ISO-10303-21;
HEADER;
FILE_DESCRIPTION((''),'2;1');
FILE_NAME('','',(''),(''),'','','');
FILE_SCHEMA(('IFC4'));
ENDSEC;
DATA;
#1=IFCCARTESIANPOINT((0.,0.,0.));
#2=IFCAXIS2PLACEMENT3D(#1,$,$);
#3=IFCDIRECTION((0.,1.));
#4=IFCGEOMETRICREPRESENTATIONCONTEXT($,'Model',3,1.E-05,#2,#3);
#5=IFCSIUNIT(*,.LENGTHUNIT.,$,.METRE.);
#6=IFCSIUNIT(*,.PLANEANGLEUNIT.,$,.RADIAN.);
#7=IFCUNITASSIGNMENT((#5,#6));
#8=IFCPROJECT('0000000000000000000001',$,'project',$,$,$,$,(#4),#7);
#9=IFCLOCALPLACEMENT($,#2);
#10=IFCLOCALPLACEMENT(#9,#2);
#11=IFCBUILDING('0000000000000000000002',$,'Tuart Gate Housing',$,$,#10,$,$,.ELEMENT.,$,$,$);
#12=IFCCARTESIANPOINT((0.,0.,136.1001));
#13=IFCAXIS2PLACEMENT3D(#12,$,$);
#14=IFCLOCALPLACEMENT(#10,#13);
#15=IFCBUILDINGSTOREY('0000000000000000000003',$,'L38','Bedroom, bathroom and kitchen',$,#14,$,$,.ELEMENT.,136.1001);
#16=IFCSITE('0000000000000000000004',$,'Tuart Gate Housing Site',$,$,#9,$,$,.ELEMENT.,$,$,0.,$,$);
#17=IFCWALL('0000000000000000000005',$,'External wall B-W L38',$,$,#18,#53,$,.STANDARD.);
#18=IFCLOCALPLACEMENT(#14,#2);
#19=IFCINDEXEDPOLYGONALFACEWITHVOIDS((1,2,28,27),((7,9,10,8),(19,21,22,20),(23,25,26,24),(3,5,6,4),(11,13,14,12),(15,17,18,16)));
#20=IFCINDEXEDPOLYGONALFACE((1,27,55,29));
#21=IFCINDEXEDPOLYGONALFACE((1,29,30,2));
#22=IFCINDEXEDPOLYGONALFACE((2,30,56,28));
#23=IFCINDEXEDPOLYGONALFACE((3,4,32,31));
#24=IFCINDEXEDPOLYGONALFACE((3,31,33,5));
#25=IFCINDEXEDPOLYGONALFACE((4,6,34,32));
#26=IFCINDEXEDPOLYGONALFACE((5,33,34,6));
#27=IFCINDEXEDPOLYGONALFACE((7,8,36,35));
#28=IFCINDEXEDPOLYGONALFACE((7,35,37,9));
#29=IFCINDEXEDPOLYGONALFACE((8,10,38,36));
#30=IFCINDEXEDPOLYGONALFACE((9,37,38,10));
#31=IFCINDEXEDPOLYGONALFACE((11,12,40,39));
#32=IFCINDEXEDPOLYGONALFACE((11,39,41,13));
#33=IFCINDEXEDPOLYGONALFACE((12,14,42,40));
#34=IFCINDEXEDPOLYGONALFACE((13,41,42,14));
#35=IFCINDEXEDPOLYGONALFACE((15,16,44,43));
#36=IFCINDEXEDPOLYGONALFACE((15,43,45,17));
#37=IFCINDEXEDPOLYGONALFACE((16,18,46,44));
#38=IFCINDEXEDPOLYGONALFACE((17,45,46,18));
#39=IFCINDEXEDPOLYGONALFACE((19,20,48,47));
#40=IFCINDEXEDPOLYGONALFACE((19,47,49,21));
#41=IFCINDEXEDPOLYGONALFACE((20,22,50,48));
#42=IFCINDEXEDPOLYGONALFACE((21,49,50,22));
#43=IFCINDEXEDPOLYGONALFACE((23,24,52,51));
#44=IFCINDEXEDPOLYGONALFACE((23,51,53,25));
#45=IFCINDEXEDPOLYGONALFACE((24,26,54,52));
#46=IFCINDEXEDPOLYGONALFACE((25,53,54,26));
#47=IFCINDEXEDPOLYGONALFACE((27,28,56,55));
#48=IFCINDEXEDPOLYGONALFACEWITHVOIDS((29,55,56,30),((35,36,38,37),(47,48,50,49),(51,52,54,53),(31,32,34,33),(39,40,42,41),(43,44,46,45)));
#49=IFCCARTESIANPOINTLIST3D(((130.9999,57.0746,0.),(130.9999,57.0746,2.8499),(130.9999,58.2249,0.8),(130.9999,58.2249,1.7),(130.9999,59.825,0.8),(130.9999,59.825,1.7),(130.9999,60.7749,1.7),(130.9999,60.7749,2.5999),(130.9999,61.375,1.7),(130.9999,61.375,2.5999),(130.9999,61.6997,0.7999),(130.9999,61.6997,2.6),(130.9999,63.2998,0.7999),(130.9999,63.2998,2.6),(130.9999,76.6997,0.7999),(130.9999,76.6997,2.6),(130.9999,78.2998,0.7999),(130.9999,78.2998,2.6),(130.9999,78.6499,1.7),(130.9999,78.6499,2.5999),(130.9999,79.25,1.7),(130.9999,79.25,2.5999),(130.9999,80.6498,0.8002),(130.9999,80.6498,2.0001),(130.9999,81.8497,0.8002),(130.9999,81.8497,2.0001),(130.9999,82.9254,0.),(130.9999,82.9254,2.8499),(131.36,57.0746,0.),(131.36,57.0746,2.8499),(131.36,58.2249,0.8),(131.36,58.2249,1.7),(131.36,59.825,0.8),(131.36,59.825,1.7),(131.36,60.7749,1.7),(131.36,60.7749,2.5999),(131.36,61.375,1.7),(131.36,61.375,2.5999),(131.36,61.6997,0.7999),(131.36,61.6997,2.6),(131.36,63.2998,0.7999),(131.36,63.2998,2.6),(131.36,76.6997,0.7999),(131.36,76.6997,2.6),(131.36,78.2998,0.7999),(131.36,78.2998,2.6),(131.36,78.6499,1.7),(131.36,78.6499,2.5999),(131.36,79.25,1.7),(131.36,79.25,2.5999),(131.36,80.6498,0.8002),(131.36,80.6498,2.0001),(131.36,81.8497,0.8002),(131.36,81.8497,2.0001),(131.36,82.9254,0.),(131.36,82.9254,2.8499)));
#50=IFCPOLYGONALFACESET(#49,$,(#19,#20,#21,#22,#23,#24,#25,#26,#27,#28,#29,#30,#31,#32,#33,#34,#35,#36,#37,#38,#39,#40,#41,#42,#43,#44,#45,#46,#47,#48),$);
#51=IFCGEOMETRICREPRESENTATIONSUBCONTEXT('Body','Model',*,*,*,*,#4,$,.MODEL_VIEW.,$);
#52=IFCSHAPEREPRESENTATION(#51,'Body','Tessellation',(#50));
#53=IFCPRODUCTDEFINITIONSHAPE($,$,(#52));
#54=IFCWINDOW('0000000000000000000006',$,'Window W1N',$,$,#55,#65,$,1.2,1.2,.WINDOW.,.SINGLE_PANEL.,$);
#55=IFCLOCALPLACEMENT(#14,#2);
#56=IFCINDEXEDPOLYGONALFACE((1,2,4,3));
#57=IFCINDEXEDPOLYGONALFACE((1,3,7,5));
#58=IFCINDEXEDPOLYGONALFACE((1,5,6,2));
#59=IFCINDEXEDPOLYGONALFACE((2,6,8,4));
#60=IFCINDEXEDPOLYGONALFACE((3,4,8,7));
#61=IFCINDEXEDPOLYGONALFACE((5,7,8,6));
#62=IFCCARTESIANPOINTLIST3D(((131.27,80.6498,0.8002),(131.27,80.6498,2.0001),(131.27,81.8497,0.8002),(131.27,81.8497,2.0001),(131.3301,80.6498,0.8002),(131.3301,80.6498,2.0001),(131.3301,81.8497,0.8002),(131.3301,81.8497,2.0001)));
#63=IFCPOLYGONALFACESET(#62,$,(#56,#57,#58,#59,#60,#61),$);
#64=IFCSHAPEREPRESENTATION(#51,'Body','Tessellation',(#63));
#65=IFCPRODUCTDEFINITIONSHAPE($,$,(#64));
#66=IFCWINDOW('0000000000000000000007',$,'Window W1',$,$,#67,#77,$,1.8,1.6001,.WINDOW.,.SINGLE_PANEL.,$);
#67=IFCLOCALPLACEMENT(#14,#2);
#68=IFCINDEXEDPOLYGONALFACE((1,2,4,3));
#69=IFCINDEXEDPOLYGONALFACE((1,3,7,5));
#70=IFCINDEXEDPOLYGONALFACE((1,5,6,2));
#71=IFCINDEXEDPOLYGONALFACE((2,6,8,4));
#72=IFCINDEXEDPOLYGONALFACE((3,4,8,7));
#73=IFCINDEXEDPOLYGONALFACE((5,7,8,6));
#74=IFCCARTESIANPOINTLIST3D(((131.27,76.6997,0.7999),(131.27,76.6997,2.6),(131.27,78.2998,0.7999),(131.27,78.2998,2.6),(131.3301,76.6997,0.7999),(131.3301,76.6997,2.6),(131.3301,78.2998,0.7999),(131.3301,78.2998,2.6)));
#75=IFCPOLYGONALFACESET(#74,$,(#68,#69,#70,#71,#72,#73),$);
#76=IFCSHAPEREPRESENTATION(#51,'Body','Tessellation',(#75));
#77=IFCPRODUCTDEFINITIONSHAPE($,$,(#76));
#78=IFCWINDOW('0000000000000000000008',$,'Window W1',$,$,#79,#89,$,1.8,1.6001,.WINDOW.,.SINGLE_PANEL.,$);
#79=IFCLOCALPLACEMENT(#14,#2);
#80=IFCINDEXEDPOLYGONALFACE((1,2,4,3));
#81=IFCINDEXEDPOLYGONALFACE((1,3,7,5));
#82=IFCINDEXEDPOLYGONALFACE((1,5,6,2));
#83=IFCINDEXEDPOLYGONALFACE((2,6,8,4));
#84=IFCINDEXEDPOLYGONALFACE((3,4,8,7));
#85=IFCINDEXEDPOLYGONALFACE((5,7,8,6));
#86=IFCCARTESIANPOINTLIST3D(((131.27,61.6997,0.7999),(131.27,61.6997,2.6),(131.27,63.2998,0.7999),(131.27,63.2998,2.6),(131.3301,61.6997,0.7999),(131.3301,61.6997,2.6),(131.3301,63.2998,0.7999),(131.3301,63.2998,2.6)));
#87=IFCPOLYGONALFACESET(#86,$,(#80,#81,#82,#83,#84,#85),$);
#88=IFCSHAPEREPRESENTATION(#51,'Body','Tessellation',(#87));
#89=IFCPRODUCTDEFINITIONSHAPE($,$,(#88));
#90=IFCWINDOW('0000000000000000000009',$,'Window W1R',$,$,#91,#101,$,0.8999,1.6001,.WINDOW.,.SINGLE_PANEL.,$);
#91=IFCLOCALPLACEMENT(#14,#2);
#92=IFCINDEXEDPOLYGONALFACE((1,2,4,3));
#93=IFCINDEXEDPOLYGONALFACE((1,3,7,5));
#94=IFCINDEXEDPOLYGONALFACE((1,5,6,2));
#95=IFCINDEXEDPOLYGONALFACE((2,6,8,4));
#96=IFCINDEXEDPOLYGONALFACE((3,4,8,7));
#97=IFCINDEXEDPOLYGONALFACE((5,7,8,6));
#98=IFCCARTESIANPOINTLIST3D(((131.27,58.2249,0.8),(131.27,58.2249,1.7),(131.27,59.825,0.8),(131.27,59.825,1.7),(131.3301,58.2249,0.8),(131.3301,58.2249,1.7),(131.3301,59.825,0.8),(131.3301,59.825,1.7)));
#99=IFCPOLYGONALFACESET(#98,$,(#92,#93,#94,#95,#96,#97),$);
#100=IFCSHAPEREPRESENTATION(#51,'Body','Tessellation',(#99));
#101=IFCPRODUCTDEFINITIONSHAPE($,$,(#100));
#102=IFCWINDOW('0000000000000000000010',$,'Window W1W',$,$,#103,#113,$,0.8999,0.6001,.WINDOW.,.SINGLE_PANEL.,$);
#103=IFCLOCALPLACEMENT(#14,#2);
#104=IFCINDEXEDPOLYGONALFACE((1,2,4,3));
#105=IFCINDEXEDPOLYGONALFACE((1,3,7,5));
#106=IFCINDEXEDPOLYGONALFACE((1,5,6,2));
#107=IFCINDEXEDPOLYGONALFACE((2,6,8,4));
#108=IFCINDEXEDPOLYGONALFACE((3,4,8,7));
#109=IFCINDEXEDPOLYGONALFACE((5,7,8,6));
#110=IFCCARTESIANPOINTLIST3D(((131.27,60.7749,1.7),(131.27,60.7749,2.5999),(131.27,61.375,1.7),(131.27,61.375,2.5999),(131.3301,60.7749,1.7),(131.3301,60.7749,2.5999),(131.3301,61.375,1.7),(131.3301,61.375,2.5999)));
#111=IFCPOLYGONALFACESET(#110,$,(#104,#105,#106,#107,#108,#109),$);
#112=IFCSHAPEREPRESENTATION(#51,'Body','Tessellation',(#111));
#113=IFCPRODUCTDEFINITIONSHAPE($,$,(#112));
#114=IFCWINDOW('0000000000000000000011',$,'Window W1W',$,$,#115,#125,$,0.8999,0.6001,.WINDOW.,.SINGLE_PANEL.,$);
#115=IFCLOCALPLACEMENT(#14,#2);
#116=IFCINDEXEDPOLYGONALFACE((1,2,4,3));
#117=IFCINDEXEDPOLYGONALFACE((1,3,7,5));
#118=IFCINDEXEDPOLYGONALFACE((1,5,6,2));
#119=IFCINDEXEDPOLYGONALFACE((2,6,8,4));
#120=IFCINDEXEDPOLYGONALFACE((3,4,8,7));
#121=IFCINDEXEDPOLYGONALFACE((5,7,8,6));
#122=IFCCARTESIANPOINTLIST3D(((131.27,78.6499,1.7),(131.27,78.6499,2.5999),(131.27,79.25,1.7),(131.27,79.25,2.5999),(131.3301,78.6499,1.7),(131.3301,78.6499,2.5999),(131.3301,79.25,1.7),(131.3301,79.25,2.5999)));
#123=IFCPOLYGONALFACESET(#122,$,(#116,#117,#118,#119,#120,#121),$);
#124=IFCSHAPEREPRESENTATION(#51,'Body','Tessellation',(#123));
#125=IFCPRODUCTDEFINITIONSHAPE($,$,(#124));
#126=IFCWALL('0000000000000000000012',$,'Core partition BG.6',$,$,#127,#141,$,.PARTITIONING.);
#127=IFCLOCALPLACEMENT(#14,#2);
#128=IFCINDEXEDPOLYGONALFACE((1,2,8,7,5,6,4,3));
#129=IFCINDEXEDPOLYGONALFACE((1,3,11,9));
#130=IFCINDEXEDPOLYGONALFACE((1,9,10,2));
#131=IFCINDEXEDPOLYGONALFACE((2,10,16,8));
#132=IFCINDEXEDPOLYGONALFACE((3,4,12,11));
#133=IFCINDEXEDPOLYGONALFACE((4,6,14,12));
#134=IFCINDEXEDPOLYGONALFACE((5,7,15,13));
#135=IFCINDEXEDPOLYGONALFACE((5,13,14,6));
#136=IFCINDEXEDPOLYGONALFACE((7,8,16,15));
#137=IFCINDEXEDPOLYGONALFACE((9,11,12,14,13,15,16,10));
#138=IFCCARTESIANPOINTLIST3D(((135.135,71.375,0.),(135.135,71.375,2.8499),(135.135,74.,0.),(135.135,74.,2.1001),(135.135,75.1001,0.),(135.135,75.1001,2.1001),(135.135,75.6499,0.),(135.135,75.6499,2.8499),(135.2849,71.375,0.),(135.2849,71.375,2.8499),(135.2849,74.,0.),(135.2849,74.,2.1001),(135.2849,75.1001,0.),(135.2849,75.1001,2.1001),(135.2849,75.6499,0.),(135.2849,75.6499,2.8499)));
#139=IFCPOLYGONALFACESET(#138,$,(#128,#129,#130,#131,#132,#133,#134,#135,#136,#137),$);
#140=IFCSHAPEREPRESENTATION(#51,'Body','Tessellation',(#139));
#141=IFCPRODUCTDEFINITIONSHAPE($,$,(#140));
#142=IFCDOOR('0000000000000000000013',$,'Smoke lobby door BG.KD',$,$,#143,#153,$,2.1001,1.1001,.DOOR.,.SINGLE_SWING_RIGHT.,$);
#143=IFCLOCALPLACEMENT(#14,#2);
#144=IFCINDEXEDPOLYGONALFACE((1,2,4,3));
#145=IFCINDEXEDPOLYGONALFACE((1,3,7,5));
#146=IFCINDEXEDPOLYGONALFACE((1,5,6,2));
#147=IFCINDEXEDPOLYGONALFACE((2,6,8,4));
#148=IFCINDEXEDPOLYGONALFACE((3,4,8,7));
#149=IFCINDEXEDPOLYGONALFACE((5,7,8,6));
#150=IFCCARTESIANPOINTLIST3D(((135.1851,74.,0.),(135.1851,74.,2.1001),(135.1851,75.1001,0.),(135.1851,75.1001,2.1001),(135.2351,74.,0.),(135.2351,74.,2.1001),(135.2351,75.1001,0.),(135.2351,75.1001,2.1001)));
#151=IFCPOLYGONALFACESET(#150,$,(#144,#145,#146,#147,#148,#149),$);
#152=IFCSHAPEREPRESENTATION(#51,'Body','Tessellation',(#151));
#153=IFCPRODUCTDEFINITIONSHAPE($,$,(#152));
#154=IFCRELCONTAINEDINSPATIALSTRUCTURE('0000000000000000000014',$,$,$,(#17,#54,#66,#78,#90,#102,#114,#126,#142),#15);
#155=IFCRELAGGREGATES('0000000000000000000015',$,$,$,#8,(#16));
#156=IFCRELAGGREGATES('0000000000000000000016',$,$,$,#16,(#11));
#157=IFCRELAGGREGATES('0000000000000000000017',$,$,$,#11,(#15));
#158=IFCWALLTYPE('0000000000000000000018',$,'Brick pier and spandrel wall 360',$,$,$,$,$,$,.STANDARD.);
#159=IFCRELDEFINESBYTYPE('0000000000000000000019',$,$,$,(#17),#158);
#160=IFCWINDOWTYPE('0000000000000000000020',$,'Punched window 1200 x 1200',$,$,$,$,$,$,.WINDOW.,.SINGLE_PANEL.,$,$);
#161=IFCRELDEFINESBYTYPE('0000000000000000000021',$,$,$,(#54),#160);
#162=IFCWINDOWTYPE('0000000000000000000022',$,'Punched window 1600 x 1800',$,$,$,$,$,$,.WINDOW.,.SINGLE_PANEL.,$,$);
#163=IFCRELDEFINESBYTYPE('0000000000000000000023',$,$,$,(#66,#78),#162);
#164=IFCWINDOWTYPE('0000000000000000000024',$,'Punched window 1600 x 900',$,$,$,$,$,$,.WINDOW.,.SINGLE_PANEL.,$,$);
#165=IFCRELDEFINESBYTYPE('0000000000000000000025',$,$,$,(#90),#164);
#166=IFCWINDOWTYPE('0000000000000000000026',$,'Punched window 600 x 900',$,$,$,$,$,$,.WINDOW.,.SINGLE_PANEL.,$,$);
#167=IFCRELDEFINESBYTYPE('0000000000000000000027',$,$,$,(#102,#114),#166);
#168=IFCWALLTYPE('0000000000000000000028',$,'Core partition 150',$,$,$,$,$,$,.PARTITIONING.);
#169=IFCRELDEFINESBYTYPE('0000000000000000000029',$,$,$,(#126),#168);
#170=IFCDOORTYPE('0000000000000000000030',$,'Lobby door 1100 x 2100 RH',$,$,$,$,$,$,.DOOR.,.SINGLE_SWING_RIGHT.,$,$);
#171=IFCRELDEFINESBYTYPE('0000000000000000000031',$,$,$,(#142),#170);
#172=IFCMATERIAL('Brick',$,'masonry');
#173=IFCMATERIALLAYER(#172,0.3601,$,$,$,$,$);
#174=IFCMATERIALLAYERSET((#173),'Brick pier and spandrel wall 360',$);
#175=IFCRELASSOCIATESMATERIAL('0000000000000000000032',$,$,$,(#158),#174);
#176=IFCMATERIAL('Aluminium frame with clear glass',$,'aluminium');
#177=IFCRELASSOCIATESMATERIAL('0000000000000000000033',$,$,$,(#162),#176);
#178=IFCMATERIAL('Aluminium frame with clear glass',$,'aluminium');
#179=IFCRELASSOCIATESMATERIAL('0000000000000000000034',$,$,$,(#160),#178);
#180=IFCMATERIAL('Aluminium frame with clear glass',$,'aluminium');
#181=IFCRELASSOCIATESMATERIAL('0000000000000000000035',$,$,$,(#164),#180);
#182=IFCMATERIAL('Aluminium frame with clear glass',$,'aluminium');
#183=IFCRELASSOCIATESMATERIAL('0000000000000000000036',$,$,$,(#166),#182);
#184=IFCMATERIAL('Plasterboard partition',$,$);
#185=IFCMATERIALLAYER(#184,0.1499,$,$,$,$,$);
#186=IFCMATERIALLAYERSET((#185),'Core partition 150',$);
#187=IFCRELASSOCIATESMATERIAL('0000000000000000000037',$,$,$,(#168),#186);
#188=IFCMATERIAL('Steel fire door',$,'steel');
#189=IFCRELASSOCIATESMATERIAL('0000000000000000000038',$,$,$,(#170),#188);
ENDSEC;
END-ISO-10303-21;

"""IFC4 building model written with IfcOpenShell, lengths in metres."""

from ifc_helpers import new_model, si_unit, direction, frame, frame_2d, origin, place, context, subcontext, project, spatial, rectangle, extrude, material, layer, layer_set, type_object, element, fill, save


model = new_model("IFC4")

# Units and contexts
model_context = context("Model", 3, precision=1e-05, world=origin(), true_north=direction((0.0, 1.0)))
body_context = subcontext(model_context, "Body", "Model", "MODEL_VIEW")
ifc_project = project(units=[si_unit("LENGTHUNIT", "METRE"), si_unit("PLANEANGLEUNIT", "RADIAN")], contexts=[model_context])

# Site, building, storey
site_placement = place(None, origin())
site = spatial("IfcSite", under=ifc_project, at=site_placement, Name="Tuart Gate Housing Site", CompositionType="ELEMENT", RefElevation=0.0)
building_placement = place(site_placement, origin())
building = spatial("IfcBuilding", under=site, at=building_placement, Name="Tuart Gate Housing", CompositionType="ELEMENT")
storey_placement = place(building_placement, frame((0.0, 0.0, 136.1001)))
storey = spatial("IfcBuildingStorey", under=building, at=storey_placement, Name="L38", Description="Bedroom, bathroom and kitchen", CompositionType="ELEMENT", Elevation=136.1001)

# Shared definitions
ifc_material_1 = material(Name="Brick", Category="masonry")
ifc_layer_1 = layer(ifc_material_1, 0.3601)
ifc_layer_set_1 = layer_set([ifc_layer_1], Name="Brick pier and spandrel wall 360")
wall_type_1 = type_object("IfcWallType", Name="Brick pier and spandrel wall 360", PredefinedType="STANDARD", material=ifc_layer_set_1)
ifc_material_2 = material(Name="Aluminium frame with clear glass", Category="aluminium")
window_type_1 = type_object("IfcWindowType", Name="Punched window 1600 x 1800", PartitioningType="SINGLE_PANEL", PredefinedType="WINDOW", material=ifc_material_2)

# Wall, openings, windows
wall_1_placement = place(storey_placement, frame((131.1799, 82.9253, 0.0), z_axis=(0.0, 0.0, 1.0), x_axis=(0.0, -1.0, 0.0)))
wall_1 = element("IfcWall", 1, at=wall_1_placement, inside=storey, type_object=wall_type_1, Name="External wall B-W L38", PredefinedType="STANDARD", context=body_context, shape_type="SweptSolid", body=[
    extrude(rectangle(XDim=25.8508, YDim=0.3601, at=frame_2d((12.9253, 0.0))), origin(), (0.0, 0.0, 1.0), 2.8499),
])
opening_1_placement = place(wall_1_placement, frame((1.0754, 0.0, 0.8)))
opening_1 = element("IfcOpeningElement", 2, at=opening_1_placement, cuts=wall_1, PredefinedType="OPENING", context=body_context, shape_type="SweptSolid", body=[
    extrude(rectangle(XDim=1.2, YDim=1.2, at=frame_2d((0.6001, 0.6001))), frame((0.0, 0.1899, 0.0), z_axis=(0.0, -1.0, 0.0), x_axis=(1.0, 0.0, 0.0)), (0.0, 0.0, 1.0), 0.3801),
])
opening_2_placement = place(wall_1_placement, frame((4.6255, 0.0, 0.8)))
opening_2 = element("IfcOpeningElement", 3, at=opening_2_placement, cuts=wall_1, PredefinedType="OPENING", context=body_context, shape_type="SweptSolid", body=[
    extrude(rectangle(XDim=1.6001, YDim=1.8, at=frame_2d((0.8, 0.8999))), frame((0.0, 0.1899, 0.0), z_axis=(0.0, -1.0, 0.0), x_axis=(1.0, 0.0, 0.0)), (0.0, 0.0, 1.0), 0.3801),
])
opening_3_placement = place(wall_1_placement, frame((19.6255, 0.0, 0.8)))
opening_3 = element("IfcOpeningElement", 4, at=opening_3_placement, cuts=wall_1, PredefinedType="OPENING", context=body_context, shape_type="SweptSolid", body=[
    extrude(rectangle(XDim=1.6001, YDim=1.8, at=frame_2d((0.8, 0.8999))), frame((0.0, 0.1899, 0.0), z_axis=(0.0, -1.0, 0.0), x_axis=(1.0, 0.0, 0.0)), (0.0, 0.0, 1.0), 0.3801),
])
opening_4_placement = place(wall_1_placement, frame((21.5503, 0.0, 1.7)))
opening_4 = element("IfcOpeningElement", 5, at=opening_4_placement, cuts=wall_1, PredefinedType="OPENING", context=body_context, shape_type="SweptSolid", body=[
    extrude(rectangle(XDim=0.6001, YDim=0.8999, at=frame_2d((0.3, 0.45))), frame((0.0, 0.1899, 0.0), z_axis=(0.0, -1.0, 0.0), x_axis=(1.0, 0.0, 0.0)), (0.0, 0.0, 1.0), 0.3801),
])
opening_5_placement = place(wall_1_placement, frame((3.6753, 0.0, 1.7)))
opening_5 = element("IfcOpeningElement", 6, at=opening_5_placement, cuts=wall_1, PredefinedType="OPENING", context=body_context, shape_type="SweptSolid", body=[
    extrude(rectangle(XDim=0.6001, YDim=0.8999, at=frame_2d((0.3, 0.45))), frame((0.0, 0.1899, 0.0), z_axis=(0.0, -1.0, 0.0), x_axis=(1.0, 0.0, 0.0)), (0.0, 0.0, 1.0), 0.3801),
])
opening_6_placement = place(wall_1_placement, frame((23.1003, 0.0, 0.8)))
opening_6 = element("IfcOpeningElement", 7, at=opening_6_placement, cuts=wall_1, PredefinedType="OPENING", context=body_context, shape_type="SweptSolid", body=[
    extrude(rectangle(XDim=1.6001, YDim=0.8999, at=frame_2d((0.8, 0.45))), frame((0.0, 0.1899, 0.0), z_axis=(0.0, -1.0, 0.0), x_axis=(1.0, 0.0, 0.0)), (0.0, 0.0, 1.0), 0.3801),
])
ifc_material_3 = material(Name="Aluminium frame with clear glass", Category="aluminium")
window_type_2 = type_object("IfcWindowType", Name="Punched window 1200 x 1200", PartitioningType="SINGLE_PANEL", PredefinedType="WINDOW", material=ifc_material_3)
window_1_placement = place(opening_1_placement, origin())
window_1 = element("IfcWindow", 8, at=window_1_placement, inside=storey, type_object=window_type_2, Name="Window W1N", OverallHeight=1.2, OverallWidth=1.2, PartitioningType="SINGLE_PANEL", PredefinedType="WINDOW", context=body_context, shape_type="SweptSolid", body=[
    extrude(rectangle(XDim=1.2, YDim=1.2, at=frame_2d((0.6001, 0.6001))), frame((0.0, 0.1501, 0.0), z_axis=(0.0, -1.0, 0.0), x_axis=(1.0, 0.0, 0.0)), (0.0, 0.0, 1.0), 0.0601),
])
fill(opening_1, window_1)
window_2_placement = place(opening_2_placement, origin())
window_2 = element("IfcWindow", 9, at=window_2_placement, inside=storey, type_object=window_type_1, Name="Window W1", OverallHeight=1.8, OverallWidth=1.6001, PartitioningType="SINGLE_PANEL", PredefinedType="WINDOW", context=body_context, shape_type="SweptSolid", body=[
    extrude(rectangle(XDim=1.6001, YDim=1.8, at=frame_2d((0.8, 0.8999))), frame((0.0, 0.1501, 0.0), z_axis=(0.0, -1.0, 0.0), x_axis=(1.0, 0.0, 0.0)), (0.0, 0.0, 1.0), 0.0601),
])
fill(opening_2, window_2)
window_3_placement = place(opening_3_placement, origin())
window_3 = element("IfcWindow", 10, at=window_3_placement, inside=storey, type_object=window_type_1, Name="Window W1", OverallHeight=1.8, OverallWidth=1.6001, PartitioningType="SINGLE_PANEL", PredefinedType="WINDOW", context=body_context, shape_type="SweptSolid", body=[
    extrude(rectangle(XDim=1.6001, YDim=1.8, at=frame_2d((0.8, 0.8999))), frame((0.0, 0.1501, 0.0), z_axis=(0.0, -1.0, 0.0), x_axis=(1.0, 0.0, 0.0)), (0.0, 0.0, 1.0), 0.0601),
])
fill(opening_3, window_3)
ifc_material_4 = material(Name="Aluminium frame with clear glass", Category="aluminium")
window_type_3 = type_object("IfcWindowType", Name="Punched window 1600 x 900", PartitioningType="SINGLE_PANEL", PredefinedType="WINDOW", material=ifc_material_4)
window_4_placement = place(opening_6_placement, origin())
window_4 = element("IfcWindow", 11, at=window_4_placement, inside=storey, type_object=window_type_3, Name="Window W1R", OverallHeight=0.8999, OverallWidth=1.6001, PartitioningType="SINGLE_PANEL", PredefinedType="WINDOW", context=body_context, shape_type="SweptSolid", body=[
    extrude(rectangle(XDim=1.6001, YDim=0.8999, at=frame_2d((0.8, 0.45))), frame((0.0, 0.1501, 0.0), z_axis=(0.0, -1.0, 0.0), x_axis=(1.0, 0.0, 0.0)), (0.0, 0.0, 1.0), 0.0601),
])
fill(opening_6, window_4)
ifc_material_5 = material(Name="Aluminium frame with clear glass", Category="aluminium")
window_type_4 = type_object("IfcWindowType", Name="Punched window 600 x 900", PartitioningType="SINGLE_PANEL", PredefinedType="WINDOW", material=ifc_material_5)
window_5_placement = place(opening_4_placement, origin())
window_5 = element("IfcWindow", 12, at=window_5_placement, inside=storey, type_object=window_type_4, Name="Window W1W", OverallHeight=0.8999, OverallWidth=0.6001, PartitioningType="SINGLE_PANEL", PredefinedType="WINDOW", context=body_context, shape_type="SweptSolid", body=[
    extrude(rectangle(XDim=0.6001, YDim=0.8999, at=frame_2d((0.3, 0.45))), frame((0.0, 0.1501, 0.0), z_axis=(0.0, -1.0, 0.0), x_axis=(1.0, 0.0, 0.0)), (0.0, 0.0, 1.0), 0.0601),
])
fill(opening_4, window_5)
window_6_placement = place(opening_5_placement, origin())
window_6 = element("IfcWindow", 13, at=window_6_placement, inside=storey, type_object=window_type_4, Name="Window W1W", OverallHeight=0.8999, OverallWidth=0.6001, PartitioningType="SINGLE_PANEL", PredefinedType="WINDOW", context=body_context, shape_type="SweptSolid", body=[
    extrude(rectangle(XDim=0.6001, YDim=0.8999, at=frame_2d((0.3, 0.45))), frame((0.0, 0.1501, 0.0), z_axis=(0.0, -1.0, 0.0), x_axis=(1.0, 0.0, 0.0)), (0.0, 0.0, 1.0), 0.0601),
])
fill(opening_5, window_6)

# Wall, opening, door
ifc_material_6 = material(Name="Plasterboard partition")
ifc_layer_2 = layer(ifc_material_6, 0.1499)
ifc_layer_set_2 = layer_set([ifc_layer_2], Name="Core partition 150")
wall_type_2 = type_object("IfcWallType", Name="Core partition 150", PredefinedType="PARTITIONING", material=ifc_layer_set_2)
wall_2_placement = place(storey_placement, frame((135.21, 71.375, 0.0), z_axis=(0.0, 0.0, 1.0), x_axis=(0.0, 1.0, 0.0)))
wall_2 = element("IfcWall", 14, at=wall_2_placement, inside=storey, type_object=wall_type_2, Name="Core partition BG.6", PredefinedType="PARTITIONING", context=body_context, shape_type="SweptSolid", body=[
    extrude(rectangle(XDim=4.2749, YDim=0.1499, at=frame_2d((2.1375, 0.0))), origin(), (0.0, 0.0, 1.0), 2.8499),
])
opening_7_placement = place(wall_2_placement, frame((2.625, 0.0, 0.0)))
opening_7 = element("IfcOpeningElement", 15, at=opening_7_placement, cuts=wall_2, PredefinedType="OPENING", context=body_context, shape_type="SweptSolid", body=[
    extrude(rectangle(XDim=1.1001, YDim=2.1001, at=frame_2d((0.55, 1.05))), frame((0.0, 0.085, 0.0), z_axis=(0.0, -1.0, 0.0), x_axis=(1.0, 0.0, 0.0)), (0.0, 0.0, 1.0), 0.1699),
])
ifc_material_7 = material(Name="Steel fire door", Category="steel")
door_type_1 = type_object("IfcDoorType", Name="Lobby door 1100 x 2100 RH", OperationType="SINGLE_SWING_RIGHT", PredefinedType="DOOR", material=ifc_material_7)
door_1_placement = place(opening_7_placement, origin())
door_1 = element("IfcDoor", 16, at=door_1_placement, inside=storey, type_object=door_type_1, Name="Smoke lobby door BG.KD", OperationType="SINGLE_SWING_RIGHT", OverallHeight=2.1001, OverallWidth=1.1001, PredefinedType="DOOR", context=body_context, shape_type="SweptSolid", body=[
    extrude(rectangle(XDim=1.1001, YDim=2.1001, at=frame_2d((0.55, 1.05))), frame((0.0, 0.0249, 0.0), z_axis=(0.0, -1.0, 0.0), x_axis=(1.0, 0.0, 0.0)), (0.0, 0.0, 1.0), 0.05),
])
fill(opening_7, door_1)

save(model, "model.ifc")
